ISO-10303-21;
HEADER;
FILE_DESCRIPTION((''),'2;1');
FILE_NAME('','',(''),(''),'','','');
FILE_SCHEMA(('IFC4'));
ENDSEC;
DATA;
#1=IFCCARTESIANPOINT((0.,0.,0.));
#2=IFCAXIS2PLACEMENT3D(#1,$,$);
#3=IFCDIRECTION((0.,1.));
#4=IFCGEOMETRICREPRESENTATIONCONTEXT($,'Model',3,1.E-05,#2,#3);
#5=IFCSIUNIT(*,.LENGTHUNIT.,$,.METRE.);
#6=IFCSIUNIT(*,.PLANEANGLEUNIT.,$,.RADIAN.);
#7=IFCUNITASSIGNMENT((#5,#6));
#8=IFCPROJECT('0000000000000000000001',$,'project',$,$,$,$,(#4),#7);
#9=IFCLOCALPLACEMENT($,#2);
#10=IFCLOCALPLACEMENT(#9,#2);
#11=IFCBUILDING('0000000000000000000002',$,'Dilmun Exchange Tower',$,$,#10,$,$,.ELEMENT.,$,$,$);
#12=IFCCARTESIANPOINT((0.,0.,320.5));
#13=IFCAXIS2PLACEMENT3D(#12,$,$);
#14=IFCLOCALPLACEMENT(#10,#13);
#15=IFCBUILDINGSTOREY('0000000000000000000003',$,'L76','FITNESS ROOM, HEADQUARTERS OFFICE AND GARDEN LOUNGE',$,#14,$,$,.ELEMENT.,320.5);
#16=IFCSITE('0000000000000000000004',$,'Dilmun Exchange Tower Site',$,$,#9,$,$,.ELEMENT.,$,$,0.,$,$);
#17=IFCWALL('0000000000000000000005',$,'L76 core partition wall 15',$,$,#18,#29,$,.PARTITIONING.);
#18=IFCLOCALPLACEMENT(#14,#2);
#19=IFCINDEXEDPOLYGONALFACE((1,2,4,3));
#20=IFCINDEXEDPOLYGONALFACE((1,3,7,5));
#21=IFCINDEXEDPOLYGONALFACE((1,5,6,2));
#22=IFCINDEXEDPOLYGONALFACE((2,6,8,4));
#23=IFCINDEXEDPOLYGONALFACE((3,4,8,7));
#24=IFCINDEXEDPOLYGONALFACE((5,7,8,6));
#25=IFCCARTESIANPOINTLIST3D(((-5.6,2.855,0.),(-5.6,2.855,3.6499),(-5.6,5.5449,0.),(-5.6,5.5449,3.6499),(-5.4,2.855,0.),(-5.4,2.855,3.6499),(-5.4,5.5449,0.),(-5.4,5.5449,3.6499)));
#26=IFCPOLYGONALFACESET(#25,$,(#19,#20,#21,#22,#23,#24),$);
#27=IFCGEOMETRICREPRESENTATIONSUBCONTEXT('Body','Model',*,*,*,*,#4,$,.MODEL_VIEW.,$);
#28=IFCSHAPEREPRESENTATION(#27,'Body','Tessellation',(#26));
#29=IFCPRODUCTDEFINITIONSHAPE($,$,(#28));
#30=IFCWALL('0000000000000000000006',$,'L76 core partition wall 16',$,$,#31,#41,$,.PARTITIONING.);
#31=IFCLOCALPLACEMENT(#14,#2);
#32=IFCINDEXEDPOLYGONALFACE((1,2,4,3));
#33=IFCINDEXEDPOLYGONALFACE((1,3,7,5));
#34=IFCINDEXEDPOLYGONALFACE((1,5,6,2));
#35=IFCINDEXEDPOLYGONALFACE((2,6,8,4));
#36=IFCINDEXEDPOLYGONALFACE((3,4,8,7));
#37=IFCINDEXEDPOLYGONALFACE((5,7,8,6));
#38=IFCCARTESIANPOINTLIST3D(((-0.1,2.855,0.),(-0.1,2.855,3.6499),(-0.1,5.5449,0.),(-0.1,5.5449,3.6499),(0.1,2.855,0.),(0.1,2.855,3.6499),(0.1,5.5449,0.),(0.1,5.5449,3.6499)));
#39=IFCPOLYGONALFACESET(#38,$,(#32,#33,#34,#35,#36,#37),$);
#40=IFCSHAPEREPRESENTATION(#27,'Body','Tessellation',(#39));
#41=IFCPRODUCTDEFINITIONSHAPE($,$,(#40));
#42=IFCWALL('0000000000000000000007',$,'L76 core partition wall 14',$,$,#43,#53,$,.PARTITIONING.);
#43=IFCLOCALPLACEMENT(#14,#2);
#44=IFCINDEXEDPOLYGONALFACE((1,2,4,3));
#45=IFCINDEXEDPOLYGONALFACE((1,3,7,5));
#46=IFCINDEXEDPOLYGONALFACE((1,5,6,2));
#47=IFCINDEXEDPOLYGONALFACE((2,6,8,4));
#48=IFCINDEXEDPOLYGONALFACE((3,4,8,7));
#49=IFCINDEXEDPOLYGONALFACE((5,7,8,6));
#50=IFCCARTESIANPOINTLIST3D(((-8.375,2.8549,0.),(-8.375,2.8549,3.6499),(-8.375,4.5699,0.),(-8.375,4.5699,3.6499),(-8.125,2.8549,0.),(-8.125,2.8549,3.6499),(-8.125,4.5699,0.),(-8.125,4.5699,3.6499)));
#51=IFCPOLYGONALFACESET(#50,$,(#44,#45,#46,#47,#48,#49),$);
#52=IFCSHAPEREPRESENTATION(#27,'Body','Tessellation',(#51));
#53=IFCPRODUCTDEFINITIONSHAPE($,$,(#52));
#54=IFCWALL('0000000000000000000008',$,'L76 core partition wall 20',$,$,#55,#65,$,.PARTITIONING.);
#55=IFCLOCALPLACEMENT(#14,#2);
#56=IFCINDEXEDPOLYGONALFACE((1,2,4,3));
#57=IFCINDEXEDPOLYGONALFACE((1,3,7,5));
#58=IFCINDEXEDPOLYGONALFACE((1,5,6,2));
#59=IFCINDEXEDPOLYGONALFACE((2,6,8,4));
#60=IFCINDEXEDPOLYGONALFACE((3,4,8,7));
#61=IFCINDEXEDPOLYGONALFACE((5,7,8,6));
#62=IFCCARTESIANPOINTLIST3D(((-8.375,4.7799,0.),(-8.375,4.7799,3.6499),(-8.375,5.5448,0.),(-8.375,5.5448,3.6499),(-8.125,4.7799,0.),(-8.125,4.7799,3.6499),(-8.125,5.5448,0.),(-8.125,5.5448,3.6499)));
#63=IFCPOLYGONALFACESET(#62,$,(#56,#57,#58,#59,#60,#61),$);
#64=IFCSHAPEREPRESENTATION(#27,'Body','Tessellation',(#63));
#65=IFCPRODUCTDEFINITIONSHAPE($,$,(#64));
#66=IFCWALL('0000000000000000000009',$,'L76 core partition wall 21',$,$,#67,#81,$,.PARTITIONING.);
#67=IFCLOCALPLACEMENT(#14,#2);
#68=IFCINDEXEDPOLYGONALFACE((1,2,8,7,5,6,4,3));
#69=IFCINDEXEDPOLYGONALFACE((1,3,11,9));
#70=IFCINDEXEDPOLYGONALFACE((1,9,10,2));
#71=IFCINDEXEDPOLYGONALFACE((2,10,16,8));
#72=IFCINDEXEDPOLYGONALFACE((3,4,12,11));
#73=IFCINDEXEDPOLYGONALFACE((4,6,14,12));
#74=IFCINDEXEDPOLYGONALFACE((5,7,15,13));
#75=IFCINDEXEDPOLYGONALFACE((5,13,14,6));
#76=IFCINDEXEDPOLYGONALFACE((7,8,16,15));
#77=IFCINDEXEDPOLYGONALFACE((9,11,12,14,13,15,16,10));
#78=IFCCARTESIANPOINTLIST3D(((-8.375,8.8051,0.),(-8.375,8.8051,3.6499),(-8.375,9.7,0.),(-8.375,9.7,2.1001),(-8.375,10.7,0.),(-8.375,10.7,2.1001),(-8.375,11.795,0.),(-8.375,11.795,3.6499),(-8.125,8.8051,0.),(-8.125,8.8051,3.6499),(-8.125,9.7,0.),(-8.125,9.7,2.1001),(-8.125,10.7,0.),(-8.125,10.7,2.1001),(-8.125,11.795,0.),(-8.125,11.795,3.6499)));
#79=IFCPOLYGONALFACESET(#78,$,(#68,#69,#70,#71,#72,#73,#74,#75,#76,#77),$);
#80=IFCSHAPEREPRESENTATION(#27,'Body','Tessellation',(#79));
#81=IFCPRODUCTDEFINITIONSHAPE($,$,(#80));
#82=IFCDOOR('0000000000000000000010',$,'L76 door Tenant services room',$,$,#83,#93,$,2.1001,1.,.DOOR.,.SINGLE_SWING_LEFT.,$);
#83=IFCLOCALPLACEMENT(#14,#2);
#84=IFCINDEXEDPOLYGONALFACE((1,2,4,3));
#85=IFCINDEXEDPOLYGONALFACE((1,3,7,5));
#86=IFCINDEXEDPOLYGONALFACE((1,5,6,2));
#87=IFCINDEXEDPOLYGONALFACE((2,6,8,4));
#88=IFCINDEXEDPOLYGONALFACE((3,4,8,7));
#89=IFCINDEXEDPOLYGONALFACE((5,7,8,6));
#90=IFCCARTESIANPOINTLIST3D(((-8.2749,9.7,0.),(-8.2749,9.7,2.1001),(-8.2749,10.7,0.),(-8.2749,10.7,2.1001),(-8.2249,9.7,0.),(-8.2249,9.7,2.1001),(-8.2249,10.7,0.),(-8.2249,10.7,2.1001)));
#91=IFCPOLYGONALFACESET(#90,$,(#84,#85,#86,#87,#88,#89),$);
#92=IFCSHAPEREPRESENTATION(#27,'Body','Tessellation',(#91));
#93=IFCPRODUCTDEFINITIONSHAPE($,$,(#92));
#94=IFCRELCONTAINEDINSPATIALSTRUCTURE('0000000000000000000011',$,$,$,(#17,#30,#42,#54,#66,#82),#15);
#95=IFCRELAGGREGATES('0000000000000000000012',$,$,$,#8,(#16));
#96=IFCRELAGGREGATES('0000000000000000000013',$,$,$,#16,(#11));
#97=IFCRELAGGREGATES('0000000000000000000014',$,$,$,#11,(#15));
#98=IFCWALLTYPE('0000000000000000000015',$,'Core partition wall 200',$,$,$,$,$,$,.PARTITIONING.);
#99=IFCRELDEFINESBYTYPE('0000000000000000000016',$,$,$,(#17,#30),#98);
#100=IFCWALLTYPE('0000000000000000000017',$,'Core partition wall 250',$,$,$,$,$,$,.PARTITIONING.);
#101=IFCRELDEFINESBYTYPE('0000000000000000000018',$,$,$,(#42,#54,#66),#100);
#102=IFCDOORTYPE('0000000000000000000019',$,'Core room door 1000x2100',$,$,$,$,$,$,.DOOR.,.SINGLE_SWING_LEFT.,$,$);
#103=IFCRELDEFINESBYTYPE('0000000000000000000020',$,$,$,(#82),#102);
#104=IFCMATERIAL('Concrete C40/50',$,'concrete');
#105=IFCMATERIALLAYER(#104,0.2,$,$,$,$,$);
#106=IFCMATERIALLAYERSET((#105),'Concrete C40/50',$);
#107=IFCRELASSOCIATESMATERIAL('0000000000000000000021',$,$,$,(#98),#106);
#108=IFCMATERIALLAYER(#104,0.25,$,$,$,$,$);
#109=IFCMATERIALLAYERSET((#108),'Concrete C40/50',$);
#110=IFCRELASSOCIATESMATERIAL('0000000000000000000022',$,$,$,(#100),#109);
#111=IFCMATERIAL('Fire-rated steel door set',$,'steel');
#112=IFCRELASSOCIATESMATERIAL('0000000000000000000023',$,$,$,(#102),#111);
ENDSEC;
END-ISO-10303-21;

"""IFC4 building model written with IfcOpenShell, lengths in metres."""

from ifc_helpers import new_model, si_unit, direction, frame, frame_2d, origin, place, context, subcontext, project, spatial, rectangle, extrude, material, layer, layer_set, type_object, element, fill, save


model = new_model("IFC4")

# Units and contexts
model_context = context("Model", 3, precision=1e-05, world=origin(), true_north=direction((0.0, 1.0)))
body_context = subcontext(model_context, "Body", "Model", "MODEL_VIEW")
ifc_project = project(units=[si_unit("LENGTHUNIT", "METRE"), si_unit("PLANEANGLEUNIT", "RADIAN")], contexts=[model_context])

# Site, building, storey
site_placement = place(None, origin())
site = spatial("IfcSite", under=ifc_project, at=site_placement, Name="Dilmun Exchange Tower Site", CompositionType="ELEMENT", RefElevation=0.0)
building_placement = place(site_placement, origin())
building = spatial("IfcBuilding", under=site, at=building_placement, Name="Dilmun Exchange Tower", CompositionType="ELEMENT")
storey_placement = place(building_placement, frame((0.0, 0.0, 320.5)))
storey = spatial("IfcBuildingStorey", under=building, at=storey_placement, Name="L76", Description="FITNESS ROOM, HEADQUARTERS OFFICE AND GARDEN LOUNGE", CompositionType="ELEMENT", Elevation=320.5)

# Walls
ifc_material_1 = material(Name="Concrete C40/50", Category="concrete")
ifc_layer_1 = layer(ifc_material_1, 0.2)
ifc_layer_set_1 = layer_set([ifc_layer_1], Name="Concrete C40/50")
wall_type_1 = type_object("IfcWallType", Name="Core partition wall 200", PredefinedType="PARTITIONING", material=ifc_layer_set_1)
for number, where, z_axis, x_axis, name in (
    (1, (-5.5, 2.855, 0.0), (0.0, 0.0, 1.0), (0.0, 1.0, 0.0), "L76 core partition wall 15"),
    (2, (0.0, 2.855, 0.0), (0.0, 0.0, 1.0), (0.0, 1.0, 0.0), "L76 core partition wall 16"),
):
    element("IfcWall", number, at=place(storey_placement, frame(where, z_axis=z_axis, x_axis=x_axis)), inside=storey, type_object=wall_type_1, Name=name, PredefinedType="PARTITIONING", context=body_context, shape_type="SweptSolid", body=[
        extrude(rectangle(XDim=2.6899, YDim=0.2, at=frame_2d((1.345, 0.0))), origin(), (0.0, 0.0, 1.0), 3.6499),
    ])
ifc_layer_2 = layer(ifc_material_1, 0.25)
ifc_layer_set_2 = layer_set([ifc_layer_2], Name="Concrete C40/50")
wall_type_2 = type_object("IfcWallType", Name="Core partition wall 250", PredefinedType="PARTITIONING", material=ifc_layer_set_2)
wall_1_placement = place(storey_placement, frame((-8.25, 2.855, 0.0), z_axis=(0.0, 0.0, 1.0), x_axis=(0.0, 1.0, 0.0)))
element("IfcWall", 3, at=wall_1_placement, inside=storey, type_object=wall_type_2, Name="L76 core partition wall 14", PredefinedType="PARTITIONING", context=body_context, shape_type="SweptSolid", body=[
    extrude(rectangle(XDim=1.7151, YDim=0.25, at=frame_2d((0.8574, 0.0))), origin(), (0.0, 0.0, 1.0), 3.6499),
])
wall_2_placement = place(storey_placement, frame((-8.25, 4.78, 0.0), z_axis=(0.0, 0.0, 1.0), x_axis=(0.0, 1.0, 0.0)))
element("IfcWall", 4, at=wall_2_placement, inside=storey, type_object=wall_type_2, Name="L76 core partition wall 20", PredefinedType="PARTITIONING", context=body_context, shape_type="SweptSolid", body=[
    extrude(rectangle(XDim=0.7649, YDim=0.25, at=frame_2d((0.3823, 0.0))), origin(), (0.0, 0.0, 1.0), 3.6499),
])

# Wall, opening, door
wall_3_placement = place(storey_placement, frame((-8.25, 8.8049, 0.0), z_axis=(0.0, 0.0, 1.0), x_axis=(0.0, 1.0, 0.0)))
wall_3 = element("IfcWall", 5, at=wall_3_placement, inside=storey, type_object=wall_type_2, Name="L76 core partition wall 21", PredefinedType="PARTITIONING", context=body_context, shape_type="SweptSolid", body=[
    extrude(rectangle(XDim=2.99, YDim=0.25, at=frame_2d((1.4951, 0.0))), origin(), (0.0, 0.0, 1.0), 3.6499),
])
opening_1_placement = place(wall_3_placement, frame((0.895, 0.0, 0.0)))
opening_1 = element("IfcOpeningElement", 6, at=opening_1_placement, cuts=wall_3, PredefinedType="OPENING", context=body_context, shape_type="SweptSolid", body=[
    extrude(rectangle(XDim=1.0, YDim=2.1001, at=frame_2d((0.5, 1.05))), frame((0.0, 0.135, 0.0), z_axis=(0.0, -1.0, 0.0), x_axis=(1.0, 0.0, 0.0)), (0.0, 0.0, 1.0), 0.27),
])
ifc_material_2 = material(Name="Fire-rated steel door set", Category="steel")
door_type_1 = type_object("IfcDoorType", Name="Core room door 1000x2100", OperationType="SINGLE_SWING_LEFT", PredefinedType="DOOR", material=ifc_material_2)
door_1_placement = place(opening_1_placement, origin())
door_1 = element("IfcDoor", 7, at=door_1_placement, inside=storey, type_object=door_type_1, Name="L76 door Tenant services room", OperationType="SINGLE_SWING_LEFT", OverallHeight=2.1001, OverallWidth=1.0, PredefinedType="DOOR", context=body_context, shape_type="SweptSolid", body=[
    extrude(rectangle(XDim=1.0, YDim=2.1001, at=frame_2d((0.5, 1.05))), frame((0.0, 0.0249, 0.0), z_axis=(0.0, -1.0, 0.0), x_axis=(1.0, 0.0, 0.0)), (0.0, 0.0, 1.0), 0.05),
])
fill(opening_1, door_1)

save(model, "model.ifc")
